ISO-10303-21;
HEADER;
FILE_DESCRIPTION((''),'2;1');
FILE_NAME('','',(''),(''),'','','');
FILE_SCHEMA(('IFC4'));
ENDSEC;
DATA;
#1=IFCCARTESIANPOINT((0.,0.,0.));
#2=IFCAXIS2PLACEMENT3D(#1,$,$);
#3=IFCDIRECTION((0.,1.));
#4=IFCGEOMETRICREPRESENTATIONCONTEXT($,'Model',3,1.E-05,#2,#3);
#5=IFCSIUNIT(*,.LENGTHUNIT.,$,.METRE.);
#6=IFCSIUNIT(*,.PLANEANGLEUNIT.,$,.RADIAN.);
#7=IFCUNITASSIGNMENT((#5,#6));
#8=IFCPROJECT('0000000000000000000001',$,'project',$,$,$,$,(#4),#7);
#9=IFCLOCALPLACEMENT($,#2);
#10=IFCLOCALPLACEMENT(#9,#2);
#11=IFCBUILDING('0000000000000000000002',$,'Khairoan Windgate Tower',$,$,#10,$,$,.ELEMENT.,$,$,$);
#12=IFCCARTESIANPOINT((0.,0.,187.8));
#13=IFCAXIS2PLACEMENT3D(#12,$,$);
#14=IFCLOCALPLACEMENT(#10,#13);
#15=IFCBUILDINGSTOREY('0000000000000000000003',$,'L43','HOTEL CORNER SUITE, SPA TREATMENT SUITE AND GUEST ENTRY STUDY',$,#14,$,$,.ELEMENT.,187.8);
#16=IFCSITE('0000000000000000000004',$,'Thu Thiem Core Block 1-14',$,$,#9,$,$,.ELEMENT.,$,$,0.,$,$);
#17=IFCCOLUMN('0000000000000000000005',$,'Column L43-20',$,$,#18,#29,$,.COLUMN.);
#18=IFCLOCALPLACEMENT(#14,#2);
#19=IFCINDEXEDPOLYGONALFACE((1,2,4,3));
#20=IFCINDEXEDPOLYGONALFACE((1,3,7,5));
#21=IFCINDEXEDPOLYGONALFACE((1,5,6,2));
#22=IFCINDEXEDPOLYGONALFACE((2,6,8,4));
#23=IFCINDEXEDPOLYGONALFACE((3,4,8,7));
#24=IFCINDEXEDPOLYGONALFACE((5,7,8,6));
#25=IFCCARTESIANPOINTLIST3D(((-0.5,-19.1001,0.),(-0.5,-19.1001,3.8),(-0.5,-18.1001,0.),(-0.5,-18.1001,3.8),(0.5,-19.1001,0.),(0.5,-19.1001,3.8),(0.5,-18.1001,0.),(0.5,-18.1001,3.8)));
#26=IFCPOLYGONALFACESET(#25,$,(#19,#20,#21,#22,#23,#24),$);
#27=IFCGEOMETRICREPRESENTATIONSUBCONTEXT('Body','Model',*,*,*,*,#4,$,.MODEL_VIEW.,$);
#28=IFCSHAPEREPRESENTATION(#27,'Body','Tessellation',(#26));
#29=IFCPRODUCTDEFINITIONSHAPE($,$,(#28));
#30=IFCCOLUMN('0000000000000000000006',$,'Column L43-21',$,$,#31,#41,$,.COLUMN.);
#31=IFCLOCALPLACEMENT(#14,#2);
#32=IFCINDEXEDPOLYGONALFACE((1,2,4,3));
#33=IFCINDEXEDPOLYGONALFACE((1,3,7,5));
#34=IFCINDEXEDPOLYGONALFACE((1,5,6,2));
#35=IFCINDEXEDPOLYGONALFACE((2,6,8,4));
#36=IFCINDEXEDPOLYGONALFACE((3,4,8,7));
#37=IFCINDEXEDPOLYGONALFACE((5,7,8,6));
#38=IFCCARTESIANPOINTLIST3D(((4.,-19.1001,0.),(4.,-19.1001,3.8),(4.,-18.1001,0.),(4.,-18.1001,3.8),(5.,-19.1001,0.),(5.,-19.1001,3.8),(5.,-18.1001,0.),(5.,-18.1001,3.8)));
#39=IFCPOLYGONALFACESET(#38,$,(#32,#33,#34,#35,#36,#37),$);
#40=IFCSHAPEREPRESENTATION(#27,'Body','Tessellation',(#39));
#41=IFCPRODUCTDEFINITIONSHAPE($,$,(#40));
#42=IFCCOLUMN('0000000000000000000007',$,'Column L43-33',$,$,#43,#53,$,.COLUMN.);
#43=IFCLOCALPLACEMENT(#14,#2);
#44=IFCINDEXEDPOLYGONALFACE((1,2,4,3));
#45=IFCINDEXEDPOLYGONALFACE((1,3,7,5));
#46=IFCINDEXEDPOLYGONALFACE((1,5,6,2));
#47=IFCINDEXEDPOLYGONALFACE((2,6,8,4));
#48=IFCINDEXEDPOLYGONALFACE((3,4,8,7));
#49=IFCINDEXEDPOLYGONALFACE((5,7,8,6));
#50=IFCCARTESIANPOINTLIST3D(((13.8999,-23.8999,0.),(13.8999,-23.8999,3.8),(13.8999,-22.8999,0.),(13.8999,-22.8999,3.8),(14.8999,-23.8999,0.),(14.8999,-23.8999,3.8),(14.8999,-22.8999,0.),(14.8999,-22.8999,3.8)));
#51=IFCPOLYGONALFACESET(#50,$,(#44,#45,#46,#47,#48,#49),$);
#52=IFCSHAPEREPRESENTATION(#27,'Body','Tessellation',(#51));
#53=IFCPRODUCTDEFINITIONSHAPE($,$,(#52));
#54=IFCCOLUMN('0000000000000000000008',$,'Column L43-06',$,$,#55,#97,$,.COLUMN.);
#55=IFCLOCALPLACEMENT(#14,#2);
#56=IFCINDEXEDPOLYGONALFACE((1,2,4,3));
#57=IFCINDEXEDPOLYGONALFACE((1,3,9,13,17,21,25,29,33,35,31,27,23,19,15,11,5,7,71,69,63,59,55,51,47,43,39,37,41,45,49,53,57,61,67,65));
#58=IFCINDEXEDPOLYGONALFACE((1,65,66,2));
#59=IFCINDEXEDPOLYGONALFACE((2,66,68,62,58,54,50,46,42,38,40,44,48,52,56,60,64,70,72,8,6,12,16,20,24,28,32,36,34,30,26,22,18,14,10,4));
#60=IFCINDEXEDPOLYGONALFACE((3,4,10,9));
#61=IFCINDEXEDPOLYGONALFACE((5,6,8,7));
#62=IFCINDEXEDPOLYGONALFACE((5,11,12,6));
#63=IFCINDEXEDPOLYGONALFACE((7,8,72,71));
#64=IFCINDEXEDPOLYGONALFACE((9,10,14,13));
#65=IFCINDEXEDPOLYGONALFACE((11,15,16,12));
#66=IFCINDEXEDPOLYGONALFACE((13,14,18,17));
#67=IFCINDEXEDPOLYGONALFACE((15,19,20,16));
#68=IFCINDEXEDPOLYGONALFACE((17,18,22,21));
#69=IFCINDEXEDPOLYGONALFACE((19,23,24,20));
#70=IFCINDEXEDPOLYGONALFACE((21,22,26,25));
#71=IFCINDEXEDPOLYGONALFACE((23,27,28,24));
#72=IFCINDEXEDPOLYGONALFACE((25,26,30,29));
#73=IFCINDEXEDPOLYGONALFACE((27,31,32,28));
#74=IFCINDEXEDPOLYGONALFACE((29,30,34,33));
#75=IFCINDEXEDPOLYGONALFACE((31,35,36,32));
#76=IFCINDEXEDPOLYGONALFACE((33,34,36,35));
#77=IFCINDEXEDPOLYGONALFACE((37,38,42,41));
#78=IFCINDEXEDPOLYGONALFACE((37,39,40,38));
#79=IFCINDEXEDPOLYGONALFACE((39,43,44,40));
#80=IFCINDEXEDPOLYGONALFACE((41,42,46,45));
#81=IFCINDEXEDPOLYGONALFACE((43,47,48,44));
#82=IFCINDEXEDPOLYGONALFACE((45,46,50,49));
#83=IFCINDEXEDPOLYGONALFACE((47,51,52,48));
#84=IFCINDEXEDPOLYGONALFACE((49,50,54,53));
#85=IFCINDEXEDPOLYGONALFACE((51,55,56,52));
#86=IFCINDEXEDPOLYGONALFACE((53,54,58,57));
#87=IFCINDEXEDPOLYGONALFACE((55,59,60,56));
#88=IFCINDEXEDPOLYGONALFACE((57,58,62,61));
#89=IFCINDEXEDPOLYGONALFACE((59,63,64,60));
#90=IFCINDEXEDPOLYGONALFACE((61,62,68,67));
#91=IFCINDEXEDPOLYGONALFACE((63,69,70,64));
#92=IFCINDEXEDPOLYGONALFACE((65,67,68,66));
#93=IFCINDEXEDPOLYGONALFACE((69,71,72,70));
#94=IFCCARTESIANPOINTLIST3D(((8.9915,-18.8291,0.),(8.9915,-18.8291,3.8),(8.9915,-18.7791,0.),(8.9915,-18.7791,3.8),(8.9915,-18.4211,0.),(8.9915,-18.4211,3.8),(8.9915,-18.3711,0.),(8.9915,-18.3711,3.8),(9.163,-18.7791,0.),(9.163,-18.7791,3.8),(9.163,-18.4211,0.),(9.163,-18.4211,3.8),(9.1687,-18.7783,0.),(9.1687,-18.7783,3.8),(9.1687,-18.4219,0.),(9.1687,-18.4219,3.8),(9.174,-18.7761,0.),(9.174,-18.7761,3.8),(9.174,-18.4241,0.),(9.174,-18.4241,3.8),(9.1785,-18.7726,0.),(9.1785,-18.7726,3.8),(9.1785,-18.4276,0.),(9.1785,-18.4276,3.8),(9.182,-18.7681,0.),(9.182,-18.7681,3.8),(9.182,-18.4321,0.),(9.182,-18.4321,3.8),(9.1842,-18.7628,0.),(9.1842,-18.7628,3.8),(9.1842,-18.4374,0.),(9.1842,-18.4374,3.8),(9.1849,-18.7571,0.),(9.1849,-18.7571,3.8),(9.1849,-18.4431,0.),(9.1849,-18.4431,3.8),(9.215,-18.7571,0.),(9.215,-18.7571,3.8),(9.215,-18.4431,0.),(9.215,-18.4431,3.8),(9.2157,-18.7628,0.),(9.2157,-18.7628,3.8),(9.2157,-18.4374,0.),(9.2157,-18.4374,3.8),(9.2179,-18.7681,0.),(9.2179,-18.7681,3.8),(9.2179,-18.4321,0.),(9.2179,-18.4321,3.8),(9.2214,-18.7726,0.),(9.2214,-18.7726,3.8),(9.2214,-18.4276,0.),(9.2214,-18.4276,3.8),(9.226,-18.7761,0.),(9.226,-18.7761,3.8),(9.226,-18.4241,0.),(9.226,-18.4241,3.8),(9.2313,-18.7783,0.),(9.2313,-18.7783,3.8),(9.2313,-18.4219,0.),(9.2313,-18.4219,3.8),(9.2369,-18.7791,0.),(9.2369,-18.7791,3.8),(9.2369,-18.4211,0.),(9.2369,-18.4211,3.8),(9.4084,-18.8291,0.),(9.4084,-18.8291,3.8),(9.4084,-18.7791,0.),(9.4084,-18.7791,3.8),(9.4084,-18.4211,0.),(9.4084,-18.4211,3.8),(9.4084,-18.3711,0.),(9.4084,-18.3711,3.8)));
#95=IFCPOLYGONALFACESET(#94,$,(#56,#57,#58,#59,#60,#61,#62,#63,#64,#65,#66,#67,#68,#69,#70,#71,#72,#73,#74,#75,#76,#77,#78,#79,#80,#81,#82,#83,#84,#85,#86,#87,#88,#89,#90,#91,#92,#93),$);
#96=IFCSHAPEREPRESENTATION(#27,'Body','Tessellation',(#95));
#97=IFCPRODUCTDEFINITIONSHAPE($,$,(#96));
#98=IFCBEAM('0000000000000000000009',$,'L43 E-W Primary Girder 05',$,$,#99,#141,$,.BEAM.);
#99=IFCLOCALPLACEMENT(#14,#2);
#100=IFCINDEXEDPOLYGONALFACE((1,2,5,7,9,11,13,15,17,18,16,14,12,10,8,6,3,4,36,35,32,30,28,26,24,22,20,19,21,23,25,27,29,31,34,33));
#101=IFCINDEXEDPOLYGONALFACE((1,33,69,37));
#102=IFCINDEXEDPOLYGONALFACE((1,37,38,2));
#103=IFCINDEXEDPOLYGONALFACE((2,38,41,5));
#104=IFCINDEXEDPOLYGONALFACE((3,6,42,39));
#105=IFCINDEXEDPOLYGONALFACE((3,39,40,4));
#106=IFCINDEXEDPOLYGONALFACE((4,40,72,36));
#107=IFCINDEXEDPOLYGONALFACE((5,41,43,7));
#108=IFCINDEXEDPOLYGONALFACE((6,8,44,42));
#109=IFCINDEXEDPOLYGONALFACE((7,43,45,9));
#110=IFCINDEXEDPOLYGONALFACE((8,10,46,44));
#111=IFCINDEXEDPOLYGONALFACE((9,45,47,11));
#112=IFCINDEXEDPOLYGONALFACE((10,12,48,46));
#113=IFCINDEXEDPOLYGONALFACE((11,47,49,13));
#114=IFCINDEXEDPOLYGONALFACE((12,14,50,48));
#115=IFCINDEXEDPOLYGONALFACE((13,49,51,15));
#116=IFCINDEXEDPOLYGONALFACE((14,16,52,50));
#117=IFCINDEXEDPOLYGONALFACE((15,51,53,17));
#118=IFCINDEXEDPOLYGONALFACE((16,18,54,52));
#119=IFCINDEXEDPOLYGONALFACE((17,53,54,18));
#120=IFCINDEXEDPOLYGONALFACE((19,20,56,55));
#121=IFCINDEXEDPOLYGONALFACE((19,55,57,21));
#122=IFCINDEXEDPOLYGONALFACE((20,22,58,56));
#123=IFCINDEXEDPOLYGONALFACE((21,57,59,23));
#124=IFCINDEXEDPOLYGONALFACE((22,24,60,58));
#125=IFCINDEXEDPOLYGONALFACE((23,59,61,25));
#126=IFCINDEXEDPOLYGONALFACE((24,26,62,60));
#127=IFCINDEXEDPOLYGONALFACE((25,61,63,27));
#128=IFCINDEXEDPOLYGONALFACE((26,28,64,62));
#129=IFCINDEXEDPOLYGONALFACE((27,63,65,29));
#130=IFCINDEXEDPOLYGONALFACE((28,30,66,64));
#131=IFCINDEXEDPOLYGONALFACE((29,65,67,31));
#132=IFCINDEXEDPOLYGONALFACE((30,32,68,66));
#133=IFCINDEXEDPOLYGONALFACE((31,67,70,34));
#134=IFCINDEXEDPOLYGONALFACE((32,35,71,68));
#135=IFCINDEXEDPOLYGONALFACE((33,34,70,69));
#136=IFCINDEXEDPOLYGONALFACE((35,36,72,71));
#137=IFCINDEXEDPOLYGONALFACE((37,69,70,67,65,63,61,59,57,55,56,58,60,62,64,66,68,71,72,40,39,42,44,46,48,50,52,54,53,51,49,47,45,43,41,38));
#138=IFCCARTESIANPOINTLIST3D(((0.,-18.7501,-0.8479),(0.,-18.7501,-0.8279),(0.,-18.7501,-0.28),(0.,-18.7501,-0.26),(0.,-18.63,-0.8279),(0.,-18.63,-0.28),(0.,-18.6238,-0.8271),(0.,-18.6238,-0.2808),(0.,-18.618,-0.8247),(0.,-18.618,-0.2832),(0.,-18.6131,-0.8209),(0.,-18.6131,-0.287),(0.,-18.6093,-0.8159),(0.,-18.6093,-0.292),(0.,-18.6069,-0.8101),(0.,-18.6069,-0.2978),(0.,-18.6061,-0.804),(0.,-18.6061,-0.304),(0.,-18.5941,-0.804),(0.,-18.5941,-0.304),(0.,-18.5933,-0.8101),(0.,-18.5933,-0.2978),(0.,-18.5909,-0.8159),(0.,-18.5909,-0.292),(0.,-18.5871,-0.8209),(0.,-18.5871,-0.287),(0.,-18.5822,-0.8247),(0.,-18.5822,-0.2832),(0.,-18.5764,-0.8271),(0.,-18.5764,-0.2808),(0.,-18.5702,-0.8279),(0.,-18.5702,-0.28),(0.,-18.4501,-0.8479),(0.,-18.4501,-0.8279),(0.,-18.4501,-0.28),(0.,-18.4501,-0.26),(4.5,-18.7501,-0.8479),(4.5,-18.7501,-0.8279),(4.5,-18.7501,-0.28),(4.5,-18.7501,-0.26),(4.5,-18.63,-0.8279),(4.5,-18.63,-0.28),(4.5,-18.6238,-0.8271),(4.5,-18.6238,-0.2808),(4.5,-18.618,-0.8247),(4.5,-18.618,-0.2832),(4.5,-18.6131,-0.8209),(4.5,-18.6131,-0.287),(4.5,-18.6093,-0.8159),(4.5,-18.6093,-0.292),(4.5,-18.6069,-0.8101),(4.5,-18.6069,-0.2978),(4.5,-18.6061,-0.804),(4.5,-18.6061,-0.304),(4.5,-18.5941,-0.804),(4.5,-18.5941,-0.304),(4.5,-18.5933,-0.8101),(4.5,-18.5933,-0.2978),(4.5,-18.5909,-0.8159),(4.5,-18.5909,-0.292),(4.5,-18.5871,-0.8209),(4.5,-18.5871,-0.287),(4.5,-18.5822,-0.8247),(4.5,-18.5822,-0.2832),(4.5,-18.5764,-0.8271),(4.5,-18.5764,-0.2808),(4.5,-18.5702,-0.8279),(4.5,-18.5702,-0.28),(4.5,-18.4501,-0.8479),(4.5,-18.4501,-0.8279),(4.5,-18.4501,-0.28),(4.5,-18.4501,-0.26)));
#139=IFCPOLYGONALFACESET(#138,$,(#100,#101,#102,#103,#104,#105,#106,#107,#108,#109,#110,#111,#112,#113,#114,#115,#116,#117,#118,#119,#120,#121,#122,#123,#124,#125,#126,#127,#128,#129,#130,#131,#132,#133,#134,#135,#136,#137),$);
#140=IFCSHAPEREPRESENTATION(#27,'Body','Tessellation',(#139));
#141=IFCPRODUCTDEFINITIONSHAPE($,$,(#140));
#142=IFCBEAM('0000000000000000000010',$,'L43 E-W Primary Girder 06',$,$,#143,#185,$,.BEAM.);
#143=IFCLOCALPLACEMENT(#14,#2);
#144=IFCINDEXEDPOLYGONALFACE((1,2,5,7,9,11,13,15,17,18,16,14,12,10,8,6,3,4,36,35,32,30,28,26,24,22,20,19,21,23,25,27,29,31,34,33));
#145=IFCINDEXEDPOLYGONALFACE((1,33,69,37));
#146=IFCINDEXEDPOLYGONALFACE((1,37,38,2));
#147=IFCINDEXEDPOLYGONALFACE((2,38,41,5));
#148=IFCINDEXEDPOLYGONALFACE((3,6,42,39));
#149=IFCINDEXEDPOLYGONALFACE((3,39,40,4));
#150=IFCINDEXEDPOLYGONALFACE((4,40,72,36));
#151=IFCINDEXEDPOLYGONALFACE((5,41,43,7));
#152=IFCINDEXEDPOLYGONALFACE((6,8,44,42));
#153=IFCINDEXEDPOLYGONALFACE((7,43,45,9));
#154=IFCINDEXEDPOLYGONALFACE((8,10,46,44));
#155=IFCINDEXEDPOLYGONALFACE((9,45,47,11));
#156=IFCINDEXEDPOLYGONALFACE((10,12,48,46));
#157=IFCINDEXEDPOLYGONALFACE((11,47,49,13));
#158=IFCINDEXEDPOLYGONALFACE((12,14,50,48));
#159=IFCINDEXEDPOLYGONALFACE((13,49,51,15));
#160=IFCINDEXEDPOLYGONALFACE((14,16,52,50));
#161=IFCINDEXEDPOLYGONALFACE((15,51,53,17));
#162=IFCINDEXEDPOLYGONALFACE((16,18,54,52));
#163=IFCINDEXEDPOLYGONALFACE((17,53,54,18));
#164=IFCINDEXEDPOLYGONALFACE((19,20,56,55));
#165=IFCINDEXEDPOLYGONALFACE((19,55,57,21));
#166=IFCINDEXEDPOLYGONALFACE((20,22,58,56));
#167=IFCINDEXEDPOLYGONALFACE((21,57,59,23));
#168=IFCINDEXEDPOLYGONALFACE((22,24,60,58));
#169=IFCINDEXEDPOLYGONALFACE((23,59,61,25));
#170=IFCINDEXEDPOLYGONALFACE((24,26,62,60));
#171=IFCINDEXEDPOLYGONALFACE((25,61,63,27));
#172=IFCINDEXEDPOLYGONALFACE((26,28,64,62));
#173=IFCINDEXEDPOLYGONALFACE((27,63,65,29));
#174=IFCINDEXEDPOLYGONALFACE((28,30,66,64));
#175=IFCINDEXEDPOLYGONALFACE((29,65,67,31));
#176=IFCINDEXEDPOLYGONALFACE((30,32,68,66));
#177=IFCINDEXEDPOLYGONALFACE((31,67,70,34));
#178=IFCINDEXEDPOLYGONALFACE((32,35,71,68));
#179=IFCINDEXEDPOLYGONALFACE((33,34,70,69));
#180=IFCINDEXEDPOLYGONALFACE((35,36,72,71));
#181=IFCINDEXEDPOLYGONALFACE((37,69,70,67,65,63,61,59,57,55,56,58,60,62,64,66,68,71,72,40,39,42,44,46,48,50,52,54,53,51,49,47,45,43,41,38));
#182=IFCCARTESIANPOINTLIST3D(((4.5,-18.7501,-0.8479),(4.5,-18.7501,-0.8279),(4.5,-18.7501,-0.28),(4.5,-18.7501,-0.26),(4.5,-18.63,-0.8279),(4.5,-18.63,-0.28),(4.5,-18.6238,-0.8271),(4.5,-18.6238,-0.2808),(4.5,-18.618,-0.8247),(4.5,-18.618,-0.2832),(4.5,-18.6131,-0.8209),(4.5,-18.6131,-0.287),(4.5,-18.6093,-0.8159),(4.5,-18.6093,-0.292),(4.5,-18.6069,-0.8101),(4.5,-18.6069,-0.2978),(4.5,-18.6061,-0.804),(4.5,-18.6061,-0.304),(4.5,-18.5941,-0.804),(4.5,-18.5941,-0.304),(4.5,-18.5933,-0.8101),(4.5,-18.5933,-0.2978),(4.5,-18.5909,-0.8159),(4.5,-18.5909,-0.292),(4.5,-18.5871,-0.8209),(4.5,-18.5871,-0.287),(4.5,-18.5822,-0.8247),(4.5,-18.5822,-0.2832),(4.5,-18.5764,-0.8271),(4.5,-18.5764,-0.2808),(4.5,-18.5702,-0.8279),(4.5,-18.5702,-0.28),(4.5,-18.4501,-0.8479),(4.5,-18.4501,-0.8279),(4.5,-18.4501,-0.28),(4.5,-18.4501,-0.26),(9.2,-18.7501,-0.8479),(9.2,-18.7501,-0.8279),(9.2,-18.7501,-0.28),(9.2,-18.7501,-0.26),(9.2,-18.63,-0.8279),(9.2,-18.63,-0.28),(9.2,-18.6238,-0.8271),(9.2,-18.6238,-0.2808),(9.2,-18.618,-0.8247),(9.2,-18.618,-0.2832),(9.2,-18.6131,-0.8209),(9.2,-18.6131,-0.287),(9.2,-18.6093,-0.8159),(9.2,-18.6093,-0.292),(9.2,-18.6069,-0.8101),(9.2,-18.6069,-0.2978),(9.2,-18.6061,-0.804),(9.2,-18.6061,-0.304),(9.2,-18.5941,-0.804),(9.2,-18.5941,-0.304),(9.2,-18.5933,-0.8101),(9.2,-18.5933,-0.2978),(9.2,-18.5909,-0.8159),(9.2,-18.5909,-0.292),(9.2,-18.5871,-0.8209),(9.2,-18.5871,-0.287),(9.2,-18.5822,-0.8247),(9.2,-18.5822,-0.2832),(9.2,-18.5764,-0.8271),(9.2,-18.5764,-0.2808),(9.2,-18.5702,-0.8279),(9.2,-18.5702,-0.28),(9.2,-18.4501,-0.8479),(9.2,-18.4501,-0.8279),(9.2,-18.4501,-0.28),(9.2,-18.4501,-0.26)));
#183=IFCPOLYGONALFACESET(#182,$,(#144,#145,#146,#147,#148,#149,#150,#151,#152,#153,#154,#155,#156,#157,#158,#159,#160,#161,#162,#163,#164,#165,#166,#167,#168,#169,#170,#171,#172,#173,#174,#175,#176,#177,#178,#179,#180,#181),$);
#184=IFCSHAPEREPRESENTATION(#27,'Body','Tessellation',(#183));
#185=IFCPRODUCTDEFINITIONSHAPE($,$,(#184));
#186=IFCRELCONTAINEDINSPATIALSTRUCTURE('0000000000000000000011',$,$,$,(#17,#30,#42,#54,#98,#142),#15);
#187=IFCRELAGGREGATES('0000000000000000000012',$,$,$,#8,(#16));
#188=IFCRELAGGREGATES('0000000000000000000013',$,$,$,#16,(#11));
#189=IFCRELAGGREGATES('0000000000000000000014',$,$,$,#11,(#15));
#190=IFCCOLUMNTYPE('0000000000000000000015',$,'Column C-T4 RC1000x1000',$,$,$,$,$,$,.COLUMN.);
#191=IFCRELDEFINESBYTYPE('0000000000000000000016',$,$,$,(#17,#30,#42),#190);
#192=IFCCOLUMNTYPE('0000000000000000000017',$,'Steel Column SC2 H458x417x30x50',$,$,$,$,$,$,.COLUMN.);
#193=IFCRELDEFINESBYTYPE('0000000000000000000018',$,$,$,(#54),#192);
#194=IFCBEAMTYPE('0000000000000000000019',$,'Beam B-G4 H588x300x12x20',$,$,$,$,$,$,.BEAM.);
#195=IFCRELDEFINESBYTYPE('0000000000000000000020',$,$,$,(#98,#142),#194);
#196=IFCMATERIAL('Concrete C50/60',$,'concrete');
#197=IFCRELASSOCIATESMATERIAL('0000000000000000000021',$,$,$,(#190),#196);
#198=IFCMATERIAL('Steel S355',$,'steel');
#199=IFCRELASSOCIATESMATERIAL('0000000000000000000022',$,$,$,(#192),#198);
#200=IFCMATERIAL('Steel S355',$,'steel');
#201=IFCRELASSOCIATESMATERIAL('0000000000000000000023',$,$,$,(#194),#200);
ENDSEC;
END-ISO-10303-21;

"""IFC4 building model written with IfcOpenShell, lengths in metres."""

from ifc_helpers import new_model, si_unit, direction, frame, origin, origin_2d, place, context, subcontext, project, spatial, rectangle, i_section, extrude, material, material_profile, profile_set, type_object, element, save


model = new_model("IFC4")

# Units and contexts
model_context = context("Model", 3, precision=1e-05, world=origin(), true_north=direction((0.0, 1.0)))
body_context = subcontext(model_context, "Body", "Model", "MODEL_VIEW")
ifc_project = project(units=[si_unit("LENGTHUNIT", "METRE"), si_unit("PLANEANGLEUNIT", "RADIAN")], contexts=[model_context])

# Site, building, storey
site_placement = place(None, origin())
site = spatial("IfcSite", under=ifc_project, at=site_placement, Name="Thu Thiem Core Block 1-14", CompositionType="ELEMENT", RefElevation=0.0)
building_placement = place(site_placement, origin())
building = spatial("IfcBuilding", under=site, at=building_placement, Name="Khairoan Windgate Tower", CompositionType="ELEMENT")
storey_placement = place(building_placement, frame((0.0, 0.0, 187.8)))
storey = spatial("IfcBuildingStorey", under=building, at=storey_placement, Name="L43", Description="HOTEL CORNER SUITE, SPA TREATMENT SUITE AND GUEST ENTRY STUDY", CompositionType="ELEMENT", Elevation=187.8)

# Columns
ifc_material_1 = material(Name="Concrete C50/60", Category="concrete")
ifc_material_profile_1 = material_profile(ifc_material_1, rectangle(XDim=1.0, YDim=1.0, at=origin_2d()))
ifc_profile_set_1 = profile_set([ifc_material_profile_1], Name="Concrete C50/60")
column_type_1 = type_object("IfcColumnType", Name="Column C-T4 RC1000x1000", PredefinedType="COLUMN", material=ifc_profile_set_1)
for number, where, z_axis, x_axis, name in (
    (1, (0.0, -18.6001, 0.0), (0.0, 0.0, 1.0), (1.0, 0.0, 0.0), "Column L43-20"),
    (2, (4.5, -18.6001, 0.0), (0.0, 0.0, 1.0), (1.0, 0.0, 0.0), "Column L43-21"),
    (3, (14.3999, -23.3999, 0.0), (0.0, 0.0, 1.0), (1.0, 0.0, 0.0), "Column L43-33"),
):
    element("IfcColumn", number, at=place(storey_placement, frame(where, z_axis=z_axis, x_axis=x_axis)), inside=storey, type_object=column_type_1, Name=name, PredefinedType="COLUMN", context=body_context, shape_type="SweptSolid", body=[
        extrude(rectangle(XDim=1.0, YDim=1.0, at=origin_2d()), origin(), (0.0, 0.0, 1.0), 3.8),
    ])
ifc_material_2 = material(Name="Steel S355", Category="steel")
ifc_material_profile_2 = material_profile(ifc_material_2, i_section(OverallWidth=0.417, OverallDepth=0.458, WebThickness=0.03, FlangeThickness=0.05, FilletRadius=0.022, at=origin_2d()))
ifc_profile_set_2 = profile_set([ifc_material_profile_2], Name="Steel S355")
column_type_2 = type_object("IfcColumnType", Name="Steel Column SC2 H458x417x30x50", PredefinedType="COLUMN", material=ifc_profile_set_2)
column_placement = place(storey_placement, frame((9.2, -18.6001, 0.0), z_axis=(0.0, 0.0, 1.0), x_axis=(1.0, 0.0, 0.0)))
element("IfcColumn", 4, at=column_placement, inside=storey, type_object=column_type_2, Name="Column L43-06", PredefinedType="COLUMN", context=body_context, shape_type="SweptSolid", body=[
    extrude(i_section(OverallWidth=0.417, OverallDepth=0.458, WebThickness=0.03, FlangeThickness=0.05, FilletRadius=0.022, at=origin_2d()), origin(), (0.0, 0.0, 1.0), 3.8),
])

# Beams
ifc_material_3 = material(Name="Steel S355", Category="steel")
ifc_material_profile_3 = material_profile(ifc_material_3, i_section(OverallWidth=0.3, OverallDepth=0.5879, WebThickness=0.012, FlangeThickness=0.02, FilletRadius=0.0239, at=origin_2d()))
ifc_profile_set_3 = profile_set([ifc_material_profile_3], Name="Steel S355")
beam_type_1 = type_object("IfcBeamType", Name="Beam B-G4 H588x300x12x20", PredefinedType="BEAM", material=ifc_profile_set_3)
beam_1_placement = place(storey_placement, frame((0.0, -18.6001, -0.554), z_axis=(1.0, 0.0, 0.0), x_axis=(0.0, 1.0, 0.0)))
element("IfcBeam", 5, at=beam_1_placement, inside=storey, type_object=beam_type_1, Name="L43 E-W Primary Girder 05", PredefinedType="BEAM", context=body_context, shape_type="SweptSolid", body=[
    extrude(i_section(OverallWidth=0.3, OverallDepth=0.5879, WebThickness=0.012, FlangeThickness=0.02, FilletRadius=0.0239, at=origin_2d()), origin(), (0.0, 0.0, 1.0), 4.5),
])
beam_2_placement = place(storey_placement, frame((4.5, -18.6001, -0.554), z_axis=(1.0, 0.0, 0.0), x_axis=(0.0, 1.0, 0.0)))
element("IfcBeam", 6, at=beam_2_placement, inside=storey, type_object=beam_type_1, Name="L43 E-W Primary Girder 06", PredefinedType="BEAM", context=body_context, shape_type="SweptSolid", body=[
    extrude(i_section(OverallWidth=0.3, OverallDepth=0.5879, WebThickness=0.012, FlangeThickness=0.02, FilletRadius=0.0239, at=origin_2d()), origin(), (0.0, 0.0, 1.0), 4.7),
])

save(model, "model.ifc")
